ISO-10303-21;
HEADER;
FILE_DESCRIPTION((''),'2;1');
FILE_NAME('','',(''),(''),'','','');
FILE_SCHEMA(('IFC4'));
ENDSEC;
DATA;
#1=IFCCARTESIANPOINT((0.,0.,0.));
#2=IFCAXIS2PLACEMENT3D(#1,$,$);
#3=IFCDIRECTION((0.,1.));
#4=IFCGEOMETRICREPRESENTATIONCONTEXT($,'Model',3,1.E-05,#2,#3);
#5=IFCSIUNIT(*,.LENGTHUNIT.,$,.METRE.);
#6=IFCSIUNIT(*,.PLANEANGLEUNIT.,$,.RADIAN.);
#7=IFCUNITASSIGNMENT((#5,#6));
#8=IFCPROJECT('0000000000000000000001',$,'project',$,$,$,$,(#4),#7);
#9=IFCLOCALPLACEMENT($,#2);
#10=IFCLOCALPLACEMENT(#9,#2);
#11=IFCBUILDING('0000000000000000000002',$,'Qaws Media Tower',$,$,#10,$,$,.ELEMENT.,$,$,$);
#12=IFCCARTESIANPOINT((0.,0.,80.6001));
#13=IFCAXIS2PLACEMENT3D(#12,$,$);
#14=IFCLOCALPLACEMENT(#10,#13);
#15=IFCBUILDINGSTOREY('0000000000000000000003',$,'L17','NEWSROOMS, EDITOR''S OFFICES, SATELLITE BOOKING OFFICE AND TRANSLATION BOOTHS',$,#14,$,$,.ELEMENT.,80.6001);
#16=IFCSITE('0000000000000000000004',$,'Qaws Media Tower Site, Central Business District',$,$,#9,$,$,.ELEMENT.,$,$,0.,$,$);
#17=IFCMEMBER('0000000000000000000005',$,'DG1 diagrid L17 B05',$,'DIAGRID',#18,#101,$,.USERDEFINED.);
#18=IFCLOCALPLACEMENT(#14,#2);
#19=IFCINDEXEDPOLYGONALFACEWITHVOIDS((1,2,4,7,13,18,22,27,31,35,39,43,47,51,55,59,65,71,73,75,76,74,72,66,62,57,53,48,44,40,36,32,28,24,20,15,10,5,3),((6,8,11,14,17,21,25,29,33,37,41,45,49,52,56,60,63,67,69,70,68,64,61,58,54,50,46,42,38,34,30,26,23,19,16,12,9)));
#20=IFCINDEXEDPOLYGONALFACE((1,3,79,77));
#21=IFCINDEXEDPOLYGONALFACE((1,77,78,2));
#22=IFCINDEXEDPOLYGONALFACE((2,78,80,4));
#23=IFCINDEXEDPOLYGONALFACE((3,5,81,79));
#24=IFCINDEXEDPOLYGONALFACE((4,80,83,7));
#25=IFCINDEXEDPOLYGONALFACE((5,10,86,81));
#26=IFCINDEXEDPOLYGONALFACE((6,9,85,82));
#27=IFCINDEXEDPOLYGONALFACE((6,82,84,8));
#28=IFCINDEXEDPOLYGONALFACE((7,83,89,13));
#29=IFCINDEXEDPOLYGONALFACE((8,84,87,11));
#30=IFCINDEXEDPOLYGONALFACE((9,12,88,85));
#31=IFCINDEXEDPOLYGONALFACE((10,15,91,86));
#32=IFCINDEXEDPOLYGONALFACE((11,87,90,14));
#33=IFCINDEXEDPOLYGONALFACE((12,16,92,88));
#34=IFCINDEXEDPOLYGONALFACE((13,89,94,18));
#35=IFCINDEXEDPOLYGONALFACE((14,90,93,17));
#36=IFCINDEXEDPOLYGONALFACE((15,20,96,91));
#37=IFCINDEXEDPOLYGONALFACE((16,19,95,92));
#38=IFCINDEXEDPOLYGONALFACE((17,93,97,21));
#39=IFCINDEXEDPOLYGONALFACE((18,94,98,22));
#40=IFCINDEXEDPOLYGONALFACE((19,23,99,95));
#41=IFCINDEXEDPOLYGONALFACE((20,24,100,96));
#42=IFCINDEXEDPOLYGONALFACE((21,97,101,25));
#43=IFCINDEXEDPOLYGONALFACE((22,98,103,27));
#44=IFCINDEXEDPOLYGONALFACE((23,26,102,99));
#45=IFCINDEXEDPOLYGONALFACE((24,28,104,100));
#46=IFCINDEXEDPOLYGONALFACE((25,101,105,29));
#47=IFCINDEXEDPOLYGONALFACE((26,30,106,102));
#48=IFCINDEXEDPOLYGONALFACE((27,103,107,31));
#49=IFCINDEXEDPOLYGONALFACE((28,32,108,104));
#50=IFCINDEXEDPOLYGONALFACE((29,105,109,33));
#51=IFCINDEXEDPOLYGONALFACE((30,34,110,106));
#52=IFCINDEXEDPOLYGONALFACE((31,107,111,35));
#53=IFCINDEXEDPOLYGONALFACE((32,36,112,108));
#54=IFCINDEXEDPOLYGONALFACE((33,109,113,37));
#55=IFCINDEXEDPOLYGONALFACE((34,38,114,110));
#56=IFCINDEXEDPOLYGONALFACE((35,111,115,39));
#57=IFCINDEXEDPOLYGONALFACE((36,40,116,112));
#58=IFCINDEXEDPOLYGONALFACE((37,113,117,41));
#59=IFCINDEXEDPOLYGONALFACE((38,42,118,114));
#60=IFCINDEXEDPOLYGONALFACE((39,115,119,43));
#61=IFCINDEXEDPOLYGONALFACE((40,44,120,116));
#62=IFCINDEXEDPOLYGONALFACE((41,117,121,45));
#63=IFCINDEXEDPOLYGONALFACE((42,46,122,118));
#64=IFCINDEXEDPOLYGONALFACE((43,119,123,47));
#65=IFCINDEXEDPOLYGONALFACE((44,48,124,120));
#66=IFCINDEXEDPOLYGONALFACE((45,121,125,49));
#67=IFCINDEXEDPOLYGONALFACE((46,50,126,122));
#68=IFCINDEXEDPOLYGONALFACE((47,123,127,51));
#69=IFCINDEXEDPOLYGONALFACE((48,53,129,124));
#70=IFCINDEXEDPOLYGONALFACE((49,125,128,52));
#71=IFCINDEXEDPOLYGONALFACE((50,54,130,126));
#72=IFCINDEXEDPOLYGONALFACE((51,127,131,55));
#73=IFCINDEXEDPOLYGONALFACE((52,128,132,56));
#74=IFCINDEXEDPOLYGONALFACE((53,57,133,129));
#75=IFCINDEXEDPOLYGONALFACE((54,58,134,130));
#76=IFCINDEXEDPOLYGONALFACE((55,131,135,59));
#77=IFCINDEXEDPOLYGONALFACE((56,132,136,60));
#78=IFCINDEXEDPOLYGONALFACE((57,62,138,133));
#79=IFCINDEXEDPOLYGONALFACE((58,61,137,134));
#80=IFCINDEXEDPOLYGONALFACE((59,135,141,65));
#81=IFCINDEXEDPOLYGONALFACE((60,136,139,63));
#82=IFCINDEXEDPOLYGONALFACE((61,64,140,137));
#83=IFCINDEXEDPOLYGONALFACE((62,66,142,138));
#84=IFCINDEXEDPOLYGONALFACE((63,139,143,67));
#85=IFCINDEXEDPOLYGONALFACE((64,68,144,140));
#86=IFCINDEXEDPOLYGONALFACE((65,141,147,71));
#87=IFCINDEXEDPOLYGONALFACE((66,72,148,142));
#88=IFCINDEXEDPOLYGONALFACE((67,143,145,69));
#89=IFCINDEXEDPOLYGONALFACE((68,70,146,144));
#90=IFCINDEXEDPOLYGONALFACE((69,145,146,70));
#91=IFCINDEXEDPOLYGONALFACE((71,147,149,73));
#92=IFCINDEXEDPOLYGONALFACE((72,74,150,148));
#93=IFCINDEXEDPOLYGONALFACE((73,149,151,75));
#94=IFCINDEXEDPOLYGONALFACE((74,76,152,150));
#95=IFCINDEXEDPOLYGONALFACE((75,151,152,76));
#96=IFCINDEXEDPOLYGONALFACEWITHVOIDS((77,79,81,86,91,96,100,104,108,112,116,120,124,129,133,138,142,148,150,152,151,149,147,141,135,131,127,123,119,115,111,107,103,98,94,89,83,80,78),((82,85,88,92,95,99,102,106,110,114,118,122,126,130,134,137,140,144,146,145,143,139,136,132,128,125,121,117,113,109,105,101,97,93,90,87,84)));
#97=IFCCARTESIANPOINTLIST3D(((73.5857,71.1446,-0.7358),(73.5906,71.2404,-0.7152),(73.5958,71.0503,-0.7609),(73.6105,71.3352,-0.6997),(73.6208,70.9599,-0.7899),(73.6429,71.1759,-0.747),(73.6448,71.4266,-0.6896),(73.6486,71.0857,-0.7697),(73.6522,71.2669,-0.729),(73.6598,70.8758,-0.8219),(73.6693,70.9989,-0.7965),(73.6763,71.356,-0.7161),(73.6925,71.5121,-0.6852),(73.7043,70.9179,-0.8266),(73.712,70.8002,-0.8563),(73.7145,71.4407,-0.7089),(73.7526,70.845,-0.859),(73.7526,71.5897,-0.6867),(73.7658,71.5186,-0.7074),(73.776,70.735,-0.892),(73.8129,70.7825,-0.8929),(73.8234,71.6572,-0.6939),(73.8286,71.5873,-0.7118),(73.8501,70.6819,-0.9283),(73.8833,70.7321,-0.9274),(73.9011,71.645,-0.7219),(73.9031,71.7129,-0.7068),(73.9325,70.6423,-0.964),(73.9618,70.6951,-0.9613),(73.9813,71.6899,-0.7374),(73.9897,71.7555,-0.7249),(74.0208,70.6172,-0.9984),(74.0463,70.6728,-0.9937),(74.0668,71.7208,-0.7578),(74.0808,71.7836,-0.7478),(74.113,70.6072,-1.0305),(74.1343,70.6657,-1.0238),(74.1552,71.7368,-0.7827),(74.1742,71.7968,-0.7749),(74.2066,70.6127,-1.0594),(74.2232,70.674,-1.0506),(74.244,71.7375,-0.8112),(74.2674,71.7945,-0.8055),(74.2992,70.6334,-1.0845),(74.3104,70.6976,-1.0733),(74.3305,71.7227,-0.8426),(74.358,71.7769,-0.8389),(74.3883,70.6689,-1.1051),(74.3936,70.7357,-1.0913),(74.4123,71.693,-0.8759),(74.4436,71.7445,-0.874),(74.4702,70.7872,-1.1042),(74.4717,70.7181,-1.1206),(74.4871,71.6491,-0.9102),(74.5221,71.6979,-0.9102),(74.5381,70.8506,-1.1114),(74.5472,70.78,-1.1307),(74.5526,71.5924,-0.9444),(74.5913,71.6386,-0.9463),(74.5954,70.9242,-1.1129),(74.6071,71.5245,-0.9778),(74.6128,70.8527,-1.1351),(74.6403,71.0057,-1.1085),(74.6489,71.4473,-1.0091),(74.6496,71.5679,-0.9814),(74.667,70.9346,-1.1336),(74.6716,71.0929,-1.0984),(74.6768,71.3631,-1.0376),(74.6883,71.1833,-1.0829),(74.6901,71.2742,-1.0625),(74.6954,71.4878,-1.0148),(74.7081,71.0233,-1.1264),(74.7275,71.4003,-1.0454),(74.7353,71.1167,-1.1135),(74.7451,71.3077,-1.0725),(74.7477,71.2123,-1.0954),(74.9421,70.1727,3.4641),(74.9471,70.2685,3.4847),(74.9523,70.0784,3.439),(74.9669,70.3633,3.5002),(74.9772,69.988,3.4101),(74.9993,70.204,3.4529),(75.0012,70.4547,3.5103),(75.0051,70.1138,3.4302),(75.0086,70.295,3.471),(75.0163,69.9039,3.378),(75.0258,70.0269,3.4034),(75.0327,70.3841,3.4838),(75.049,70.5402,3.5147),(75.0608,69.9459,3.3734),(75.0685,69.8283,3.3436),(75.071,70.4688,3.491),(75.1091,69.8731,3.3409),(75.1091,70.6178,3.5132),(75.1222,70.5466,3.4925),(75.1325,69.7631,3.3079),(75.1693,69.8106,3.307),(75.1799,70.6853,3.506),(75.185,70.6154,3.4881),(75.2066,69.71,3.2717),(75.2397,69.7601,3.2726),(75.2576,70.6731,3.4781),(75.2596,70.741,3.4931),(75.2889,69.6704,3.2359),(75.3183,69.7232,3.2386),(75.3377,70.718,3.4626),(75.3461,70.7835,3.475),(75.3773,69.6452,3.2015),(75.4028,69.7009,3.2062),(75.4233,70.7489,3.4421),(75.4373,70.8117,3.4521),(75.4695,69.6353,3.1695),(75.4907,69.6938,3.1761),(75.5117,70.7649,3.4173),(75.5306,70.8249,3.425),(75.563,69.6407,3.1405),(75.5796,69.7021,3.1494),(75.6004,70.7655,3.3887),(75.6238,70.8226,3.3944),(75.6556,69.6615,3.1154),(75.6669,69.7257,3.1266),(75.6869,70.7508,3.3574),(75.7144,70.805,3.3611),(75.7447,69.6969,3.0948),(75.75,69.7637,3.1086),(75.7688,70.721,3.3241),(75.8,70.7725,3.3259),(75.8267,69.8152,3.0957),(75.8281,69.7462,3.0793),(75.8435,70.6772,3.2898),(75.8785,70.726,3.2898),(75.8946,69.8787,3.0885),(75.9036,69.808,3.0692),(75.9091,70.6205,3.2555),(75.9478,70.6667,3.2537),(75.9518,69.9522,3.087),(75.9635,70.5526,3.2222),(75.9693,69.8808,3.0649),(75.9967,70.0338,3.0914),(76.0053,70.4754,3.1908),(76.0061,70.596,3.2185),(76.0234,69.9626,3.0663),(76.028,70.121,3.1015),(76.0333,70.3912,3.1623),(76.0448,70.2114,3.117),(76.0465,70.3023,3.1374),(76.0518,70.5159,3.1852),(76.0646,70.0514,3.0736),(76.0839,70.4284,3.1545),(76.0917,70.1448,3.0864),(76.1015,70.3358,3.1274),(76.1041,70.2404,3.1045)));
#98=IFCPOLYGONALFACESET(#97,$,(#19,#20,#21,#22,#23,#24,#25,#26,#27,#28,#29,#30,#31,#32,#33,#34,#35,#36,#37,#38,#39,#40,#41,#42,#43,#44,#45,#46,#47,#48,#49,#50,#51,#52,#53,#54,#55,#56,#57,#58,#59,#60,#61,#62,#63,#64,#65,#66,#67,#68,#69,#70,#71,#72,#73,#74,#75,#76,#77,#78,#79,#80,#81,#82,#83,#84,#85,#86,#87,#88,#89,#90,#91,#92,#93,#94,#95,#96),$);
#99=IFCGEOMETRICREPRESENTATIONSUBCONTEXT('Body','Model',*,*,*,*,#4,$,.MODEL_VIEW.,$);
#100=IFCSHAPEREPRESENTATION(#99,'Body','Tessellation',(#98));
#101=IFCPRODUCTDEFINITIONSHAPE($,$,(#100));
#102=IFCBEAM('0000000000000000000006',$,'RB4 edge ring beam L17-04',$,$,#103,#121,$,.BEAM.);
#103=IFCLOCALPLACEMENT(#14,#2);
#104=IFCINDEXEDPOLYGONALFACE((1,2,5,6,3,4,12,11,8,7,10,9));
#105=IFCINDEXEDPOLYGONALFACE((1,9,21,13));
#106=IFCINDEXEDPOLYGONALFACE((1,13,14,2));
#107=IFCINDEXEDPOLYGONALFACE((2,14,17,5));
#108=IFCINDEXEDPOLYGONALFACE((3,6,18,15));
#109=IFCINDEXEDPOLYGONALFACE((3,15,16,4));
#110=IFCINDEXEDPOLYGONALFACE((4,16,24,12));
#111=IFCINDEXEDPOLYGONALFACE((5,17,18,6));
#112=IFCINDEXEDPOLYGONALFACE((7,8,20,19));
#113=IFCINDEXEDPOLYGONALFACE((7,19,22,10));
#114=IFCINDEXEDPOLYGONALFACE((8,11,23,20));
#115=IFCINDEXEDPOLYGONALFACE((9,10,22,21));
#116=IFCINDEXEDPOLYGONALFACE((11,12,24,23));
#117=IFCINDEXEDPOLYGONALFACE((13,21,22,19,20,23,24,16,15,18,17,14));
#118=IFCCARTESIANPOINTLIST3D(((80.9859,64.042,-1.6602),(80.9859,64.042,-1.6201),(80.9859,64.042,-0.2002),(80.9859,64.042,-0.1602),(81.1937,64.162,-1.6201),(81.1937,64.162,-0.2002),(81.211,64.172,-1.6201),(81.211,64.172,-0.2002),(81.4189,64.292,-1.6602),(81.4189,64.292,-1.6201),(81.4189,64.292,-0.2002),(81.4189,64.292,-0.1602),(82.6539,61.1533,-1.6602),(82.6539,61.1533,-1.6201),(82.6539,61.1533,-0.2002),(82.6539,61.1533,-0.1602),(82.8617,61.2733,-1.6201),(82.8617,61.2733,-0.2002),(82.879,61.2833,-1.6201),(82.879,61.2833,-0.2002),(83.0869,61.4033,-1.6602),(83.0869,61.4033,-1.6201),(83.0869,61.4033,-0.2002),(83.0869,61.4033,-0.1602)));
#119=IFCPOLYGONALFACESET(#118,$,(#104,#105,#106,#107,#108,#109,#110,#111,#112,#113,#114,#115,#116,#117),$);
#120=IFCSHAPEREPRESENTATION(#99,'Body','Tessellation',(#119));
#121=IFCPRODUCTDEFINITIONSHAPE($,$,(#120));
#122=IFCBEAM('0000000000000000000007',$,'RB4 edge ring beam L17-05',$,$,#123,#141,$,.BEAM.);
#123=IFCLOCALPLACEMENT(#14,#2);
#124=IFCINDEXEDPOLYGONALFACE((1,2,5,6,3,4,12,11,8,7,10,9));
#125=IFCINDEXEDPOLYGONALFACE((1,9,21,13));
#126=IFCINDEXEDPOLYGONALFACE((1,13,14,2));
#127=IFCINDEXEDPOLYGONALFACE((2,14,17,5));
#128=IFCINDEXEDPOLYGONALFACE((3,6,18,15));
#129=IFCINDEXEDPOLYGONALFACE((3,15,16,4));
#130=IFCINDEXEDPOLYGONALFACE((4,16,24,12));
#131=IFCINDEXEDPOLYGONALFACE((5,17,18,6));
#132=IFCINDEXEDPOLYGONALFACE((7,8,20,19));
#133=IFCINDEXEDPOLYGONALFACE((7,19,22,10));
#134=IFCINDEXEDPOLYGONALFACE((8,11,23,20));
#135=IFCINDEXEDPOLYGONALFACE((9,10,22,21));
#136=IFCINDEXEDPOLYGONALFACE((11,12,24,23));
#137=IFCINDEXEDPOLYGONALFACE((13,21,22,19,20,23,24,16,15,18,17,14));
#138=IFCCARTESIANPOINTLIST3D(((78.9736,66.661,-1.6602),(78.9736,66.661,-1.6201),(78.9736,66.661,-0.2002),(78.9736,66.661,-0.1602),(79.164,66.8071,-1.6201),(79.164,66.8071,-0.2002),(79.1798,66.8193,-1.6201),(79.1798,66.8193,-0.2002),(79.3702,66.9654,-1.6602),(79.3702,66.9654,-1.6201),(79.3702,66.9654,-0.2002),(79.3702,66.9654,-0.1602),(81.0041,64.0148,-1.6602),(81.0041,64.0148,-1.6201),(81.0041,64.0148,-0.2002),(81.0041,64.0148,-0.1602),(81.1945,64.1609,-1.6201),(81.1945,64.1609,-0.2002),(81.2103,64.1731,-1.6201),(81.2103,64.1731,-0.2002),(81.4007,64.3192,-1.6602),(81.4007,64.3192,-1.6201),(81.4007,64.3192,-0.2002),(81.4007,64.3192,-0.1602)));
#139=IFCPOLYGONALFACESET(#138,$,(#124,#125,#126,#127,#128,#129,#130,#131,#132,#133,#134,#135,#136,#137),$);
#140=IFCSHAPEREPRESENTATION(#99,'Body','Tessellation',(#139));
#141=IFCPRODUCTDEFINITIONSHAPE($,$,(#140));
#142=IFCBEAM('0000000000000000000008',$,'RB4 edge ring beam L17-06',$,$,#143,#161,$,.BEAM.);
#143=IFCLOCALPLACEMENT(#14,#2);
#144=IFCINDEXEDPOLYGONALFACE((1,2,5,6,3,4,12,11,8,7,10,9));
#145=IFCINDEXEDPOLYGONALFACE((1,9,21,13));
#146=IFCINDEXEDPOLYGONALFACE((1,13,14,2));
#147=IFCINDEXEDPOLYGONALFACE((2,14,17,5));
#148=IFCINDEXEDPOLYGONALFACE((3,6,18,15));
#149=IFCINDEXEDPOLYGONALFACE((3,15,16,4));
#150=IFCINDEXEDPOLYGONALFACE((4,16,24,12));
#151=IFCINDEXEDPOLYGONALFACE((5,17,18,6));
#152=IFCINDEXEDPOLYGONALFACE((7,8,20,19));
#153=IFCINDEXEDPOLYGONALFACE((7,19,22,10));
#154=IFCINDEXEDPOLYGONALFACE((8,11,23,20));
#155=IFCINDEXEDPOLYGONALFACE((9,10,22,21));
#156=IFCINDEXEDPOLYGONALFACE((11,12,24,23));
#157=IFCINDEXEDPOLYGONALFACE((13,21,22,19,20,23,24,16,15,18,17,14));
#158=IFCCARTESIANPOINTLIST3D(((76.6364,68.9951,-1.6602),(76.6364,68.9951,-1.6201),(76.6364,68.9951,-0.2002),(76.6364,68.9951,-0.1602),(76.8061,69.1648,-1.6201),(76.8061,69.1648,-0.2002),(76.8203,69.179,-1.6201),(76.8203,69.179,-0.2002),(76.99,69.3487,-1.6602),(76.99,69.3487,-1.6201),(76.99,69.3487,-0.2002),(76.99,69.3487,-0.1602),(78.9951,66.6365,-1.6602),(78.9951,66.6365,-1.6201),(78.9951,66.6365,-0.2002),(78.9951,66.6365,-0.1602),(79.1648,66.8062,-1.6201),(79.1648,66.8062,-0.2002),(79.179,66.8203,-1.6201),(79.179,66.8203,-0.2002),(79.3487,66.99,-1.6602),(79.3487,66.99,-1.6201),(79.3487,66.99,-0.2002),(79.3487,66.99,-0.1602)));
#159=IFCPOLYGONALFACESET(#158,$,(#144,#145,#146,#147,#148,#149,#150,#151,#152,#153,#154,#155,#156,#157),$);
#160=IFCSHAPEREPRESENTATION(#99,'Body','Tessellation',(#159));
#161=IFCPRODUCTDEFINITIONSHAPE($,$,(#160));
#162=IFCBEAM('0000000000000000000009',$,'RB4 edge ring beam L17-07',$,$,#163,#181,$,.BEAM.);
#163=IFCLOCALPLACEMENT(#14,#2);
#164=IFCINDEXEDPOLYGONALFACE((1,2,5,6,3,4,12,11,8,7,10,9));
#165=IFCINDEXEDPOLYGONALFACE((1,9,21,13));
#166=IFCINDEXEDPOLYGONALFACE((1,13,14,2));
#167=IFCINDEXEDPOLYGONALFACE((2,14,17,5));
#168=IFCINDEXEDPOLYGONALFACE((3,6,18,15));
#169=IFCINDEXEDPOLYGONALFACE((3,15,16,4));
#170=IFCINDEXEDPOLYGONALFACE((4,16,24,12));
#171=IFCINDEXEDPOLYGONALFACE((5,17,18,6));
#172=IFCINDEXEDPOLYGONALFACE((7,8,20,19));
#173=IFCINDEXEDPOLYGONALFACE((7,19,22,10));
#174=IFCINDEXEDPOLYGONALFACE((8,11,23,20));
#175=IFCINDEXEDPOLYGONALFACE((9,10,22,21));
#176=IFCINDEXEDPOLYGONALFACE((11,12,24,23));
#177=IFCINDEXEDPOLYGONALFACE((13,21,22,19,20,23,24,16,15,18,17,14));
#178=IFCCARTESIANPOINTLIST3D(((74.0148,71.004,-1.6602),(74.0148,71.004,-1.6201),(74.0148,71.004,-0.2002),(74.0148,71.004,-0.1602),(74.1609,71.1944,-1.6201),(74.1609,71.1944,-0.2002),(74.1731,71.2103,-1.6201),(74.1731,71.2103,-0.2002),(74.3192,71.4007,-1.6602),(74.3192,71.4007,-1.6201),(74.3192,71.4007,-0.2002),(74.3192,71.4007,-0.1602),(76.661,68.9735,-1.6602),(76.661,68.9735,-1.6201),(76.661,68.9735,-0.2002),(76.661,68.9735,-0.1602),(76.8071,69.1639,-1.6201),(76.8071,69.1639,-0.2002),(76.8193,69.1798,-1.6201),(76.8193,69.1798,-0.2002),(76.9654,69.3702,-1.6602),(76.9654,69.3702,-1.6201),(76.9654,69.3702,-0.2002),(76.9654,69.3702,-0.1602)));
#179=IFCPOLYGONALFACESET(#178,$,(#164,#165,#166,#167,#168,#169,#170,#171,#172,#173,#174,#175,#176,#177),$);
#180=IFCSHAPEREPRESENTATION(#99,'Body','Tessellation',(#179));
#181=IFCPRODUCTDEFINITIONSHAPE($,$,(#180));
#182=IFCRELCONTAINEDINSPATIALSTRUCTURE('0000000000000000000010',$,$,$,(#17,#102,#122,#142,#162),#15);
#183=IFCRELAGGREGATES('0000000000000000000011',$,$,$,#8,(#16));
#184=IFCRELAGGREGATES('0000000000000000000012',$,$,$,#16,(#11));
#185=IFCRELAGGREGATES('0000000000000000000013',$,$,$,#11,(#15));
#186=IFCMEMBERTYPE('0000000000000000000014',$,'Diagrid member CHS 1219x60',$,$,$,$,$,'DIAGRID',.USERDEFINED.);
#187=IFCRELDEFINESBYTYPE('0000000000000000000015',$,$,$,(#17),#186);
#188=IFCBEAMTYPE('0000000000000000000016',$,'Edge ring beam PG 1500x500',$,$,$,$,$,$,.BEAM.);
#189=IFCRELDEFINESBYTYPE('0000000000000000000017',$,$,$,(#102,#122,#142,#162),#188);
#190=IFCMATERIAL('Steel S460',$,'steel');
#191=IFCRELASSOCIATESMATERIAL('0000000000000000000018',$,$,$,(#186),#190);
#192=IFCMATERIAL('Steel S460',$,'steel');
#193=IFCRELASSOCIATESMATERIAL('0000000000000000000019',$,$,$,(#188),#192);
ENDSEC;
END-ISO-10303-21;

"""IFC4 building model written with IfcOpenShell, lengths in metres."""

from ifc_helpers import new_model, si_unit, direction, frame, origin, origin_2d, place, context, subcontext, project, spatial, hollow_circle, i_section, extrude, material, material_profile, profile_set, type_object, element, save


model = new_model("IFC4")

# Units and contexts
model_context = context("Model", 3, precision=1e-05, world=origin(), true_north=direction((0.0, 1.0)))
body_context = subcontext(model_context, "Body", "Model", "MODEL_VIEW")
ifc_project = project(units=[si_unit("LENGTHUNIT", "METRE"), si_unit("PLANEANGLEUNIT", "RADIAN")], contexts=[model_context])

# Site, building, storey
site_placement = place(None, origin())
site = spatial("IfcSite", under=ifc_project, at=site_placement, Name="Qaws Media Tower Site, Central Business District", CompositionType="ELEMENT", RefElevation=0.0)
building_placement = place(site_placement, origin())
building = spatial("IfcBuilding", under=site, at=building_placement, Name="Qaws Media Tower", CompositionType="ELEMENT")
storey_placement = place(building_placement, frame((0.0, 0.0, 80.6001)))
storey = spatial("IfcBuildingStorey", under=building, at=storey_placement, Name="L17", Description="NEWSROOMS, EDITOR'S OFFICES, SATELLITE BOOKING OFFICE AND TRANSLATION BOOTHS", CompositionType="ELEMENT", Elevation=80.6001)

# Member
ifc_material_1 = material(Name="Steel S460", Category="steel")
ifc_material_profile_1 = material_profile(ifc_material_1, hollow_circle(Radius=0.6096, WallThickness=0.0601, at=origin_2d()), Name="CHS 1219x60")
ifc_profile_set_1 = profile_set([ifc_material_profile_1], Name="Steel S460")
member_type_1 = type_object("IfcMemberType", Name="Diagrid member CHS 1219x60", ElementType="DIAGRID", PredefinedType="USERDEFINED", material=ifc_profile_set_1)
for number, where, z_axis, x_axis, name in (
    (1, (74.167, 71.2024, -0.9102), (0.300144, -0.21506, 0.929334), (0.582442, 0.812873, 0.0), "DG1 diagrid L17 B05"),
):
    element("IfcMember", number, at=place(storey_placement, frame(where, z_axis=z_axis, x_axis=x_axis)), inside=storey, type_object=member_type_1, Name=name, ObjectType="DIAGRID", PredefinedType="USERDEFINED", context=body_context, shape_type="SweptSolid", body=[
        extrude(hollow_circle(Radius=0.6096, WallThickness=0.0601, at=origin_2d()), origin(), (0.0, 0.0, 1.0), 4.5193),
    ])

# Beams
ifc_material_2 = material(Name="Steel S460", Category="steel")
ifc_material_profile_2 = material_profile(ifc_material_2, i_section(OverallWidth=0.5, OverallDepth=1.5, WebThickness=0.02, FlangeThickness=0.04, at=origin_2d()), Name="PG 1500x500")
ifc_profile_set_2 = profile_set([ifc_material_profile_2], Name="Steel S460")
beam_type = type_object("IfcBeamType", Name="Edge ring beam PG 1500x500", PredefinedType="BEAM", material=ifc_profile_set_2)
beam_1_placement = place(storey_placement, frame((82.8704, 61.2783, -0.9102), z_axis=(-0.500043, 0.866, 0.0), x_axis=(-0.866, -0.500043, 0.0)))
element("IfcBeam", 2, at=beam_1_placement, inside=storey, type_object=beam_type, Name="RB4 edge ring beam L17-04", PredefinedType="BEAM", context=body_context, shape_type="SweptSolid", body=[
    extrude(i_section(OverallWidth=0.5, OverallDepth=1.5, WebThickness=0.02, FlangeThickness=0.04, at=origin_2d()), origin(), (0.0, 0.0, 1.0), 3.3357),
])
beam_2_placement = place(storey_placement, frame((81.2024, 64.167, -0.9102), z_axis=(-0.608759, 0.793355, 0.0), x_axis=(-0.793355, -0.608759, 0.0)))
element("IfcBeam", 3, at=beam_2_placement, inside=storey, type_object=beam_type, Name="RB4 edge ring beam L17-05", PredefinedType="BEAM", context=body_context, shape_type="SweptSolid", body=[
    extrude(i_section(OverallWidth=0.5, OverallDepth=1.5, WebThickness=0.02, FlangeThickness=0.04, at=origin_2d()), origin(), (0.0, 0.0, 1.0), 3.3354),
])
beam_3_placement = place(storey_placement, frame((79.1719, 66.8132, -0.9102), z_axis=(-0.707107, 0.707107, 0.0), x_axis=(-0.707107, -0.707107, 0.0)))
element("IfcBeam", 4, at=beam_3_placement, inside=storey, type_object=beam_type, Name="RB4 edge ring beam L17-06", PredefinedType="BEAM", context=body_context, shape_type="SweptSolid", body=[
    extrude(i_section(OverallWidth=0.5, OverallDepth=1.5, WebThickness=0.02, FlangeThickness=0.04, at=origin_2d()), origin(), (0.0, 0.0, 1.0), 3.3357),
])
beam_4_placement = place(storey_placement, frame((76.8132, 69.1719, -0.9102), z_axis=(-0.793355, 0.608759, 0.0), x_axis=(-0.608759, -0.793355, 0.0)))
element("IfcBeam", 5, at=beam_4_placement, inside=storey, type_object=beam_type, Name="RB4 edge ring beam L17-07", PredefinedType="BEAM", context=body_context, shape_type="SweptSolid", body=[
    extrude(i_section(OverallWidth=0.5, OverallDepth=1.5, WebThickness=0.02, FlangeThickness=0.04, at=origin_2d()), origin(), (0.0, 0.0, 1.0), 3.3354),
])

save(model, "model.ifc")
